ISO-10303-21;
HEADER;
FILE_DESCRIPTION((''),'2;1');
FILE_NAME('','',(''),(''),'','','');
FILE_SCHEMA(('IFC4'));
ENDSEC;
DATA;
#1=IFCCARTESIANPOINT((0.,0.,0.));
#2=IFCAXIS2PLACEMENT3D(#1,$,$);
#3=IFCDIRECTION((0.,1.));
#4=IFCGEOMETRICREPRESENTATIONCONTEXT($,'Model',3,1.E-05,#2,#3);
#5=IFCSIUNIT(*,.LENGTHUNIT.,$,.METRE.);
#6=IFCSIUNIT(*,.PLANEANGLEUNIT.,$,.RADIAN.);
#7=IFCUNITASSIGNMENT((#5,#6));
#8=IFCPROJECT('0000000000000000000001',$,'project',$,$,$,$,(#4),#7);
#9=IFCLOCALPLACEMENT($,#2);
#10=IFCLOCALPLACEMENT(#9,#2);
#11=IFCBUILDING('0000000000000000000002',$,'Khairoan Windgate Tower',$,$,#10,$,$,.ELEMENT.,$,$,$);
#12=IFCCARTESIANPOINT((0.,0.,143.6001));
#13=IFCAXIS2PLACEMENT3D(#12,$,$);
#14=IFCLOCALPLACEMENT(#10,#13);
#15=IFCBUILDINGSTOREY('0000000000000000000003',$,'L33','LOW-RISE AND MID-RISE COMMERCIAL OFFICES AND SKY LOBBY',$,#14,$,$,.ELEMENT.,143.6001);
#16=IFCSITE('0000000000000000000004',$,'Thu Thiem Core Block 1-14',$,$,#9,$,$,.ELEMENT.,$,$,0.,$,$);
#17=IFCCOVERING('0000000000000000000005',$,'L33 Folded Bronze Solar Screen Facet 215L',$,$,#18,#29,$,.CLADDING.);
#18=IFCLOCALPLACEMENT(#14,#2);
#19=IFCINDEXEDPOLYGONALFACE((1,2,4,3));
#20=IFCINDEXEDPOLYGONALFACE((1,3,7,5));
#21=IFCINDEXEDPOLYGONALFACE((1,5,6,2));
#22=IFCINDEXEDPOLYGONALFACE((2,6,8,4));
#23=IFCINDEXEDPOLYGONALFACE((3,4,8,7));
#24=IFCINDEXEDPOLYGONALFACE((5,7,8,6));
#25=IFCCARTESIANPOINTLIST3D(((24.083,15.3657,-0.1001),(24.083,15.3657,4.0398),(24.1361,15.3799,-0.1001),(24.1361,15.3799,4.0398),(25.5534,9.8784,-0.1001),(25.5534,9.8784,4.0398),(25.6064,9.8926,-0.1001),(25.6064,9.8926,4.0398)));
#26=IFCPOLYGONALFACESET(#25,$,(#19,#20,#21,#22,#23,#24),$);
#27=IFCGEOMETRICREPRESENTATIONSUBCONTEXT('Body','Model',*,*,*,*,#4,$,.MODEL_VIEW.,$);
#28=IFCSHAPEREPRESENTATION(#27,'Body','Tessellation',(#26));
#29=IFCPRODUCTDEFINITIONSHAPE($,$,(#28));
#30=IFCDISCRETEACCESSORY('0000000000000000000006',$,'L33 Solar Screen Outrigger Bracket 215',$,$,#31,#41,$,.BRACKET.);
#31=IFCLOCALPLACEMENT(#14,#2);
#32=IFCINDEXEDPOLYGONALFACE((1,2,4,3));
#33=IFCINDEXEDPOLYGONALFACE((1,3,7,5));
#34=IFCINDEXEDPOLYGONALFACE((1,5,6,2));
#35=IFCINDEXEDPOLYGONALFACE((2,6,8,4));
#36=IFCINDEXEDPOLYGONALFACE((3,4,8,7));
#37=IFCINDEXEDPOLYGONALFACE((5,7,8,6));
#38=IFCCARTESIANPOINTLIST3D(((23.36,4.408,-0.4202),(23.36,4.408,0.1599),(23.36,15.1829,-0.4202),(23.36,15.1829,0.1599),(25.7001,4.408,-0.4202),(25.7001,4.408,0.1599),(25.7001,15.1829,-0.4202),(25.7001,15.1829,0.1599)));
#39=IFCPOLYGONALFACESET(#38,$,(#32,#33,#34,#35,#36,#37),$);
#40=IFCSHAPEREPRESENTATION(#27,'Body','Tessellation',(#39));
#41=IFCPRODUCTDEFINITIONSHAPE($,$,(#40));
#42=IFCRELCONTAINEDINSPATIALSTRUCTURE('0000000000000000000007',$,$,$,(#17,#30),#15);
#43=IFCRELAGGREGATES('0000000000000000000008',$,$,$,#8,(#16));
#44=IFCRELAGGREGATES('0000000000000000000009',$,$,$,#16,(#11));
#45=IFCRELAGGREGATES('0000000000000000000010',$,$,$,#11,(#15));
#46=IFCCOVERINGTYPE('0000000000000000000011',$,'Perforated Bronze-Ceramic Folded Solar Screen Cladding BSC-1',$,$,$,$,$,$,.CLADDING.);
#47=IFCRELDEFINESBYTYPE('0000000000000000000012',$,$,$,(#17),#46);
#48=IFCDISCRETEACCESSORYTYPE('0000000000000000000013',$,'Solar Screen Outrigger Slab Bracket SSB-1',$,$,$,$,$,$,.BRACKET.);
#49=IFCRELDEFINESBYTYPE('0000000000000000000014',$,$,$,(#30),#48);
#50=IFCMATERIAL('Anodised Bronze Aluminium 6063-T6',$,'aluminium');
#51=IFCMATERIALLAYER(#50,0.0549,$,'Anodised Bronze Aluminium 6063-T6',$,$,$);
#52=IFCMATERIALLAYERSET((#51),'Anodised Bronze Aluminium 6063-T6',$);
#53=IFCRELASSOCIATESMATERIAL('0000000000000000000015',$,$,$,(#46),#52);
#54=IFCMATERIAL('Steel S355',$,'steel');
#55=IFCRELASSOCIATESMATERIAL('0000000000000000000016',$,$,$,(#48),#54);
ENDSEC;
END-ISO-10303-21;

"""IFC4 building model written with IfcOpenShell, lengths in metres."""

from ifc_helpers import new_model, si_unit, direction, frame, origin, origin_2d, place, context, subcontext, project, spatial, rectangle, extrude, material, layer, layer_set, type_object, element, save


model = new_model("IFC4")

# Units and contexts
model_context = context("Model", 3, precision=1e-05, world=origin(), true_north=direction((0.0, 1.0)))
body_context = subcontext(model_context, "Body", "Model", "MODEL_VIEW")
ifc_project = project(units=[si_unit("LENGTHUNIT", "METRE"), si_unit("PLANEANGLEUNIT", "RADIAN")], contexts=[model_context])

# Site, building, storey
site_placement = place(None, origin())
site = spatial("IfcSite", under=ifc_project, at=site_placement, Name="Thu Thiem Core Block 1-14", CompositionType="ELEMENT", RefElevation=0.0)
building_placement = place(site_placement, origin())
building = spatial("IfcBuilding", under=site, at=building_placement, Name="Khairoan Windgate Tower", CompositionType="ELEMENT")
storey_placement = place(building_placement, frame((0.0, 0.0, 143.6001)))
storey = spatial("IfcBuildingStorey", under=building, at=storey_placement, Name="L33", Description="LOW-RISE AND MID-RISE COMMERCIAL OFFICES AND SKY LOBBY", CompositionType="ELEMENT", Elevation=143.6001)

# Covering
ifc_material_1 = material(Name="Anodised Bronze Aluminium 6063-T6", Category="aluminium")
ifc_layer_1 = layer(ifc_material_1, 0.0549, Name="Anodised Bronze Aluminium 6063-T6")
ifc_layer_set_1 = layer_set([ifc_layer_1], Name="Anodised Bronze Aluminium 6063-T6")
covering_type = type_object("IfcCoveringType", Name="Perforated Bronze-Ceramic Folded Solar Screen Cladding BSC-1", PredefinedType="CLADDING", material=ifc_layer_set_1)
covering_placement = place(storey_placement, frame((24.8447, 12.6292, -0.1001), z_axis=(0.0, 0.0, 1.0), x_axis=(0.258819, -0.965926, 0.0)))
element("IfcCovering", 1, at=covering_placement, inside=storey, type_object=covering_type, Name="L33 Folded Bronze Solar Screen Facet 215L", PredefinedType="CLADDING", context=body_context, shape_type="SweptSolid", body=[
    extrude(rectangle(XDim=5.6809, YDim=0.0549, at=origin_2d()), origin(), (0.0, 0.0, 1.0), 4.1399),
])

# Discrete accessory
ifc_material_2 = material(Name="Steel S355", Category="steel")
discrete_accessory_type = type_object("IfcDiscreteAccessoryType", Name="Solar Screen Outrigger Slab Bracket SSB-1", PredefinedType="BRACKET", material=ifc_material_2)
discrete_accessory_placement = place(storey_placement, frame((24.53, 9.7954, -0.4202), z_axis=(0.0, 0.0, 1.0), x_axis=(0.0, -1.0, 0.0)))
element("IfcDiscreteAccessory", 2, at=discrete_accessory_placement, inside=storey, type_object=discrete_accessory_type, Name="L33 Solar Screen Outrigger Bracket 215", PredefinedType="BRACKET", context=body_context, shape_type="SweptSolid", body=[
    extrude(rectangle(XDim=10.7749, YDim=2.3401, at=origin_2d()), origin(), (0.0, 0.0, 1.0), 0.5801),
])

save(model, "model.ifc")
